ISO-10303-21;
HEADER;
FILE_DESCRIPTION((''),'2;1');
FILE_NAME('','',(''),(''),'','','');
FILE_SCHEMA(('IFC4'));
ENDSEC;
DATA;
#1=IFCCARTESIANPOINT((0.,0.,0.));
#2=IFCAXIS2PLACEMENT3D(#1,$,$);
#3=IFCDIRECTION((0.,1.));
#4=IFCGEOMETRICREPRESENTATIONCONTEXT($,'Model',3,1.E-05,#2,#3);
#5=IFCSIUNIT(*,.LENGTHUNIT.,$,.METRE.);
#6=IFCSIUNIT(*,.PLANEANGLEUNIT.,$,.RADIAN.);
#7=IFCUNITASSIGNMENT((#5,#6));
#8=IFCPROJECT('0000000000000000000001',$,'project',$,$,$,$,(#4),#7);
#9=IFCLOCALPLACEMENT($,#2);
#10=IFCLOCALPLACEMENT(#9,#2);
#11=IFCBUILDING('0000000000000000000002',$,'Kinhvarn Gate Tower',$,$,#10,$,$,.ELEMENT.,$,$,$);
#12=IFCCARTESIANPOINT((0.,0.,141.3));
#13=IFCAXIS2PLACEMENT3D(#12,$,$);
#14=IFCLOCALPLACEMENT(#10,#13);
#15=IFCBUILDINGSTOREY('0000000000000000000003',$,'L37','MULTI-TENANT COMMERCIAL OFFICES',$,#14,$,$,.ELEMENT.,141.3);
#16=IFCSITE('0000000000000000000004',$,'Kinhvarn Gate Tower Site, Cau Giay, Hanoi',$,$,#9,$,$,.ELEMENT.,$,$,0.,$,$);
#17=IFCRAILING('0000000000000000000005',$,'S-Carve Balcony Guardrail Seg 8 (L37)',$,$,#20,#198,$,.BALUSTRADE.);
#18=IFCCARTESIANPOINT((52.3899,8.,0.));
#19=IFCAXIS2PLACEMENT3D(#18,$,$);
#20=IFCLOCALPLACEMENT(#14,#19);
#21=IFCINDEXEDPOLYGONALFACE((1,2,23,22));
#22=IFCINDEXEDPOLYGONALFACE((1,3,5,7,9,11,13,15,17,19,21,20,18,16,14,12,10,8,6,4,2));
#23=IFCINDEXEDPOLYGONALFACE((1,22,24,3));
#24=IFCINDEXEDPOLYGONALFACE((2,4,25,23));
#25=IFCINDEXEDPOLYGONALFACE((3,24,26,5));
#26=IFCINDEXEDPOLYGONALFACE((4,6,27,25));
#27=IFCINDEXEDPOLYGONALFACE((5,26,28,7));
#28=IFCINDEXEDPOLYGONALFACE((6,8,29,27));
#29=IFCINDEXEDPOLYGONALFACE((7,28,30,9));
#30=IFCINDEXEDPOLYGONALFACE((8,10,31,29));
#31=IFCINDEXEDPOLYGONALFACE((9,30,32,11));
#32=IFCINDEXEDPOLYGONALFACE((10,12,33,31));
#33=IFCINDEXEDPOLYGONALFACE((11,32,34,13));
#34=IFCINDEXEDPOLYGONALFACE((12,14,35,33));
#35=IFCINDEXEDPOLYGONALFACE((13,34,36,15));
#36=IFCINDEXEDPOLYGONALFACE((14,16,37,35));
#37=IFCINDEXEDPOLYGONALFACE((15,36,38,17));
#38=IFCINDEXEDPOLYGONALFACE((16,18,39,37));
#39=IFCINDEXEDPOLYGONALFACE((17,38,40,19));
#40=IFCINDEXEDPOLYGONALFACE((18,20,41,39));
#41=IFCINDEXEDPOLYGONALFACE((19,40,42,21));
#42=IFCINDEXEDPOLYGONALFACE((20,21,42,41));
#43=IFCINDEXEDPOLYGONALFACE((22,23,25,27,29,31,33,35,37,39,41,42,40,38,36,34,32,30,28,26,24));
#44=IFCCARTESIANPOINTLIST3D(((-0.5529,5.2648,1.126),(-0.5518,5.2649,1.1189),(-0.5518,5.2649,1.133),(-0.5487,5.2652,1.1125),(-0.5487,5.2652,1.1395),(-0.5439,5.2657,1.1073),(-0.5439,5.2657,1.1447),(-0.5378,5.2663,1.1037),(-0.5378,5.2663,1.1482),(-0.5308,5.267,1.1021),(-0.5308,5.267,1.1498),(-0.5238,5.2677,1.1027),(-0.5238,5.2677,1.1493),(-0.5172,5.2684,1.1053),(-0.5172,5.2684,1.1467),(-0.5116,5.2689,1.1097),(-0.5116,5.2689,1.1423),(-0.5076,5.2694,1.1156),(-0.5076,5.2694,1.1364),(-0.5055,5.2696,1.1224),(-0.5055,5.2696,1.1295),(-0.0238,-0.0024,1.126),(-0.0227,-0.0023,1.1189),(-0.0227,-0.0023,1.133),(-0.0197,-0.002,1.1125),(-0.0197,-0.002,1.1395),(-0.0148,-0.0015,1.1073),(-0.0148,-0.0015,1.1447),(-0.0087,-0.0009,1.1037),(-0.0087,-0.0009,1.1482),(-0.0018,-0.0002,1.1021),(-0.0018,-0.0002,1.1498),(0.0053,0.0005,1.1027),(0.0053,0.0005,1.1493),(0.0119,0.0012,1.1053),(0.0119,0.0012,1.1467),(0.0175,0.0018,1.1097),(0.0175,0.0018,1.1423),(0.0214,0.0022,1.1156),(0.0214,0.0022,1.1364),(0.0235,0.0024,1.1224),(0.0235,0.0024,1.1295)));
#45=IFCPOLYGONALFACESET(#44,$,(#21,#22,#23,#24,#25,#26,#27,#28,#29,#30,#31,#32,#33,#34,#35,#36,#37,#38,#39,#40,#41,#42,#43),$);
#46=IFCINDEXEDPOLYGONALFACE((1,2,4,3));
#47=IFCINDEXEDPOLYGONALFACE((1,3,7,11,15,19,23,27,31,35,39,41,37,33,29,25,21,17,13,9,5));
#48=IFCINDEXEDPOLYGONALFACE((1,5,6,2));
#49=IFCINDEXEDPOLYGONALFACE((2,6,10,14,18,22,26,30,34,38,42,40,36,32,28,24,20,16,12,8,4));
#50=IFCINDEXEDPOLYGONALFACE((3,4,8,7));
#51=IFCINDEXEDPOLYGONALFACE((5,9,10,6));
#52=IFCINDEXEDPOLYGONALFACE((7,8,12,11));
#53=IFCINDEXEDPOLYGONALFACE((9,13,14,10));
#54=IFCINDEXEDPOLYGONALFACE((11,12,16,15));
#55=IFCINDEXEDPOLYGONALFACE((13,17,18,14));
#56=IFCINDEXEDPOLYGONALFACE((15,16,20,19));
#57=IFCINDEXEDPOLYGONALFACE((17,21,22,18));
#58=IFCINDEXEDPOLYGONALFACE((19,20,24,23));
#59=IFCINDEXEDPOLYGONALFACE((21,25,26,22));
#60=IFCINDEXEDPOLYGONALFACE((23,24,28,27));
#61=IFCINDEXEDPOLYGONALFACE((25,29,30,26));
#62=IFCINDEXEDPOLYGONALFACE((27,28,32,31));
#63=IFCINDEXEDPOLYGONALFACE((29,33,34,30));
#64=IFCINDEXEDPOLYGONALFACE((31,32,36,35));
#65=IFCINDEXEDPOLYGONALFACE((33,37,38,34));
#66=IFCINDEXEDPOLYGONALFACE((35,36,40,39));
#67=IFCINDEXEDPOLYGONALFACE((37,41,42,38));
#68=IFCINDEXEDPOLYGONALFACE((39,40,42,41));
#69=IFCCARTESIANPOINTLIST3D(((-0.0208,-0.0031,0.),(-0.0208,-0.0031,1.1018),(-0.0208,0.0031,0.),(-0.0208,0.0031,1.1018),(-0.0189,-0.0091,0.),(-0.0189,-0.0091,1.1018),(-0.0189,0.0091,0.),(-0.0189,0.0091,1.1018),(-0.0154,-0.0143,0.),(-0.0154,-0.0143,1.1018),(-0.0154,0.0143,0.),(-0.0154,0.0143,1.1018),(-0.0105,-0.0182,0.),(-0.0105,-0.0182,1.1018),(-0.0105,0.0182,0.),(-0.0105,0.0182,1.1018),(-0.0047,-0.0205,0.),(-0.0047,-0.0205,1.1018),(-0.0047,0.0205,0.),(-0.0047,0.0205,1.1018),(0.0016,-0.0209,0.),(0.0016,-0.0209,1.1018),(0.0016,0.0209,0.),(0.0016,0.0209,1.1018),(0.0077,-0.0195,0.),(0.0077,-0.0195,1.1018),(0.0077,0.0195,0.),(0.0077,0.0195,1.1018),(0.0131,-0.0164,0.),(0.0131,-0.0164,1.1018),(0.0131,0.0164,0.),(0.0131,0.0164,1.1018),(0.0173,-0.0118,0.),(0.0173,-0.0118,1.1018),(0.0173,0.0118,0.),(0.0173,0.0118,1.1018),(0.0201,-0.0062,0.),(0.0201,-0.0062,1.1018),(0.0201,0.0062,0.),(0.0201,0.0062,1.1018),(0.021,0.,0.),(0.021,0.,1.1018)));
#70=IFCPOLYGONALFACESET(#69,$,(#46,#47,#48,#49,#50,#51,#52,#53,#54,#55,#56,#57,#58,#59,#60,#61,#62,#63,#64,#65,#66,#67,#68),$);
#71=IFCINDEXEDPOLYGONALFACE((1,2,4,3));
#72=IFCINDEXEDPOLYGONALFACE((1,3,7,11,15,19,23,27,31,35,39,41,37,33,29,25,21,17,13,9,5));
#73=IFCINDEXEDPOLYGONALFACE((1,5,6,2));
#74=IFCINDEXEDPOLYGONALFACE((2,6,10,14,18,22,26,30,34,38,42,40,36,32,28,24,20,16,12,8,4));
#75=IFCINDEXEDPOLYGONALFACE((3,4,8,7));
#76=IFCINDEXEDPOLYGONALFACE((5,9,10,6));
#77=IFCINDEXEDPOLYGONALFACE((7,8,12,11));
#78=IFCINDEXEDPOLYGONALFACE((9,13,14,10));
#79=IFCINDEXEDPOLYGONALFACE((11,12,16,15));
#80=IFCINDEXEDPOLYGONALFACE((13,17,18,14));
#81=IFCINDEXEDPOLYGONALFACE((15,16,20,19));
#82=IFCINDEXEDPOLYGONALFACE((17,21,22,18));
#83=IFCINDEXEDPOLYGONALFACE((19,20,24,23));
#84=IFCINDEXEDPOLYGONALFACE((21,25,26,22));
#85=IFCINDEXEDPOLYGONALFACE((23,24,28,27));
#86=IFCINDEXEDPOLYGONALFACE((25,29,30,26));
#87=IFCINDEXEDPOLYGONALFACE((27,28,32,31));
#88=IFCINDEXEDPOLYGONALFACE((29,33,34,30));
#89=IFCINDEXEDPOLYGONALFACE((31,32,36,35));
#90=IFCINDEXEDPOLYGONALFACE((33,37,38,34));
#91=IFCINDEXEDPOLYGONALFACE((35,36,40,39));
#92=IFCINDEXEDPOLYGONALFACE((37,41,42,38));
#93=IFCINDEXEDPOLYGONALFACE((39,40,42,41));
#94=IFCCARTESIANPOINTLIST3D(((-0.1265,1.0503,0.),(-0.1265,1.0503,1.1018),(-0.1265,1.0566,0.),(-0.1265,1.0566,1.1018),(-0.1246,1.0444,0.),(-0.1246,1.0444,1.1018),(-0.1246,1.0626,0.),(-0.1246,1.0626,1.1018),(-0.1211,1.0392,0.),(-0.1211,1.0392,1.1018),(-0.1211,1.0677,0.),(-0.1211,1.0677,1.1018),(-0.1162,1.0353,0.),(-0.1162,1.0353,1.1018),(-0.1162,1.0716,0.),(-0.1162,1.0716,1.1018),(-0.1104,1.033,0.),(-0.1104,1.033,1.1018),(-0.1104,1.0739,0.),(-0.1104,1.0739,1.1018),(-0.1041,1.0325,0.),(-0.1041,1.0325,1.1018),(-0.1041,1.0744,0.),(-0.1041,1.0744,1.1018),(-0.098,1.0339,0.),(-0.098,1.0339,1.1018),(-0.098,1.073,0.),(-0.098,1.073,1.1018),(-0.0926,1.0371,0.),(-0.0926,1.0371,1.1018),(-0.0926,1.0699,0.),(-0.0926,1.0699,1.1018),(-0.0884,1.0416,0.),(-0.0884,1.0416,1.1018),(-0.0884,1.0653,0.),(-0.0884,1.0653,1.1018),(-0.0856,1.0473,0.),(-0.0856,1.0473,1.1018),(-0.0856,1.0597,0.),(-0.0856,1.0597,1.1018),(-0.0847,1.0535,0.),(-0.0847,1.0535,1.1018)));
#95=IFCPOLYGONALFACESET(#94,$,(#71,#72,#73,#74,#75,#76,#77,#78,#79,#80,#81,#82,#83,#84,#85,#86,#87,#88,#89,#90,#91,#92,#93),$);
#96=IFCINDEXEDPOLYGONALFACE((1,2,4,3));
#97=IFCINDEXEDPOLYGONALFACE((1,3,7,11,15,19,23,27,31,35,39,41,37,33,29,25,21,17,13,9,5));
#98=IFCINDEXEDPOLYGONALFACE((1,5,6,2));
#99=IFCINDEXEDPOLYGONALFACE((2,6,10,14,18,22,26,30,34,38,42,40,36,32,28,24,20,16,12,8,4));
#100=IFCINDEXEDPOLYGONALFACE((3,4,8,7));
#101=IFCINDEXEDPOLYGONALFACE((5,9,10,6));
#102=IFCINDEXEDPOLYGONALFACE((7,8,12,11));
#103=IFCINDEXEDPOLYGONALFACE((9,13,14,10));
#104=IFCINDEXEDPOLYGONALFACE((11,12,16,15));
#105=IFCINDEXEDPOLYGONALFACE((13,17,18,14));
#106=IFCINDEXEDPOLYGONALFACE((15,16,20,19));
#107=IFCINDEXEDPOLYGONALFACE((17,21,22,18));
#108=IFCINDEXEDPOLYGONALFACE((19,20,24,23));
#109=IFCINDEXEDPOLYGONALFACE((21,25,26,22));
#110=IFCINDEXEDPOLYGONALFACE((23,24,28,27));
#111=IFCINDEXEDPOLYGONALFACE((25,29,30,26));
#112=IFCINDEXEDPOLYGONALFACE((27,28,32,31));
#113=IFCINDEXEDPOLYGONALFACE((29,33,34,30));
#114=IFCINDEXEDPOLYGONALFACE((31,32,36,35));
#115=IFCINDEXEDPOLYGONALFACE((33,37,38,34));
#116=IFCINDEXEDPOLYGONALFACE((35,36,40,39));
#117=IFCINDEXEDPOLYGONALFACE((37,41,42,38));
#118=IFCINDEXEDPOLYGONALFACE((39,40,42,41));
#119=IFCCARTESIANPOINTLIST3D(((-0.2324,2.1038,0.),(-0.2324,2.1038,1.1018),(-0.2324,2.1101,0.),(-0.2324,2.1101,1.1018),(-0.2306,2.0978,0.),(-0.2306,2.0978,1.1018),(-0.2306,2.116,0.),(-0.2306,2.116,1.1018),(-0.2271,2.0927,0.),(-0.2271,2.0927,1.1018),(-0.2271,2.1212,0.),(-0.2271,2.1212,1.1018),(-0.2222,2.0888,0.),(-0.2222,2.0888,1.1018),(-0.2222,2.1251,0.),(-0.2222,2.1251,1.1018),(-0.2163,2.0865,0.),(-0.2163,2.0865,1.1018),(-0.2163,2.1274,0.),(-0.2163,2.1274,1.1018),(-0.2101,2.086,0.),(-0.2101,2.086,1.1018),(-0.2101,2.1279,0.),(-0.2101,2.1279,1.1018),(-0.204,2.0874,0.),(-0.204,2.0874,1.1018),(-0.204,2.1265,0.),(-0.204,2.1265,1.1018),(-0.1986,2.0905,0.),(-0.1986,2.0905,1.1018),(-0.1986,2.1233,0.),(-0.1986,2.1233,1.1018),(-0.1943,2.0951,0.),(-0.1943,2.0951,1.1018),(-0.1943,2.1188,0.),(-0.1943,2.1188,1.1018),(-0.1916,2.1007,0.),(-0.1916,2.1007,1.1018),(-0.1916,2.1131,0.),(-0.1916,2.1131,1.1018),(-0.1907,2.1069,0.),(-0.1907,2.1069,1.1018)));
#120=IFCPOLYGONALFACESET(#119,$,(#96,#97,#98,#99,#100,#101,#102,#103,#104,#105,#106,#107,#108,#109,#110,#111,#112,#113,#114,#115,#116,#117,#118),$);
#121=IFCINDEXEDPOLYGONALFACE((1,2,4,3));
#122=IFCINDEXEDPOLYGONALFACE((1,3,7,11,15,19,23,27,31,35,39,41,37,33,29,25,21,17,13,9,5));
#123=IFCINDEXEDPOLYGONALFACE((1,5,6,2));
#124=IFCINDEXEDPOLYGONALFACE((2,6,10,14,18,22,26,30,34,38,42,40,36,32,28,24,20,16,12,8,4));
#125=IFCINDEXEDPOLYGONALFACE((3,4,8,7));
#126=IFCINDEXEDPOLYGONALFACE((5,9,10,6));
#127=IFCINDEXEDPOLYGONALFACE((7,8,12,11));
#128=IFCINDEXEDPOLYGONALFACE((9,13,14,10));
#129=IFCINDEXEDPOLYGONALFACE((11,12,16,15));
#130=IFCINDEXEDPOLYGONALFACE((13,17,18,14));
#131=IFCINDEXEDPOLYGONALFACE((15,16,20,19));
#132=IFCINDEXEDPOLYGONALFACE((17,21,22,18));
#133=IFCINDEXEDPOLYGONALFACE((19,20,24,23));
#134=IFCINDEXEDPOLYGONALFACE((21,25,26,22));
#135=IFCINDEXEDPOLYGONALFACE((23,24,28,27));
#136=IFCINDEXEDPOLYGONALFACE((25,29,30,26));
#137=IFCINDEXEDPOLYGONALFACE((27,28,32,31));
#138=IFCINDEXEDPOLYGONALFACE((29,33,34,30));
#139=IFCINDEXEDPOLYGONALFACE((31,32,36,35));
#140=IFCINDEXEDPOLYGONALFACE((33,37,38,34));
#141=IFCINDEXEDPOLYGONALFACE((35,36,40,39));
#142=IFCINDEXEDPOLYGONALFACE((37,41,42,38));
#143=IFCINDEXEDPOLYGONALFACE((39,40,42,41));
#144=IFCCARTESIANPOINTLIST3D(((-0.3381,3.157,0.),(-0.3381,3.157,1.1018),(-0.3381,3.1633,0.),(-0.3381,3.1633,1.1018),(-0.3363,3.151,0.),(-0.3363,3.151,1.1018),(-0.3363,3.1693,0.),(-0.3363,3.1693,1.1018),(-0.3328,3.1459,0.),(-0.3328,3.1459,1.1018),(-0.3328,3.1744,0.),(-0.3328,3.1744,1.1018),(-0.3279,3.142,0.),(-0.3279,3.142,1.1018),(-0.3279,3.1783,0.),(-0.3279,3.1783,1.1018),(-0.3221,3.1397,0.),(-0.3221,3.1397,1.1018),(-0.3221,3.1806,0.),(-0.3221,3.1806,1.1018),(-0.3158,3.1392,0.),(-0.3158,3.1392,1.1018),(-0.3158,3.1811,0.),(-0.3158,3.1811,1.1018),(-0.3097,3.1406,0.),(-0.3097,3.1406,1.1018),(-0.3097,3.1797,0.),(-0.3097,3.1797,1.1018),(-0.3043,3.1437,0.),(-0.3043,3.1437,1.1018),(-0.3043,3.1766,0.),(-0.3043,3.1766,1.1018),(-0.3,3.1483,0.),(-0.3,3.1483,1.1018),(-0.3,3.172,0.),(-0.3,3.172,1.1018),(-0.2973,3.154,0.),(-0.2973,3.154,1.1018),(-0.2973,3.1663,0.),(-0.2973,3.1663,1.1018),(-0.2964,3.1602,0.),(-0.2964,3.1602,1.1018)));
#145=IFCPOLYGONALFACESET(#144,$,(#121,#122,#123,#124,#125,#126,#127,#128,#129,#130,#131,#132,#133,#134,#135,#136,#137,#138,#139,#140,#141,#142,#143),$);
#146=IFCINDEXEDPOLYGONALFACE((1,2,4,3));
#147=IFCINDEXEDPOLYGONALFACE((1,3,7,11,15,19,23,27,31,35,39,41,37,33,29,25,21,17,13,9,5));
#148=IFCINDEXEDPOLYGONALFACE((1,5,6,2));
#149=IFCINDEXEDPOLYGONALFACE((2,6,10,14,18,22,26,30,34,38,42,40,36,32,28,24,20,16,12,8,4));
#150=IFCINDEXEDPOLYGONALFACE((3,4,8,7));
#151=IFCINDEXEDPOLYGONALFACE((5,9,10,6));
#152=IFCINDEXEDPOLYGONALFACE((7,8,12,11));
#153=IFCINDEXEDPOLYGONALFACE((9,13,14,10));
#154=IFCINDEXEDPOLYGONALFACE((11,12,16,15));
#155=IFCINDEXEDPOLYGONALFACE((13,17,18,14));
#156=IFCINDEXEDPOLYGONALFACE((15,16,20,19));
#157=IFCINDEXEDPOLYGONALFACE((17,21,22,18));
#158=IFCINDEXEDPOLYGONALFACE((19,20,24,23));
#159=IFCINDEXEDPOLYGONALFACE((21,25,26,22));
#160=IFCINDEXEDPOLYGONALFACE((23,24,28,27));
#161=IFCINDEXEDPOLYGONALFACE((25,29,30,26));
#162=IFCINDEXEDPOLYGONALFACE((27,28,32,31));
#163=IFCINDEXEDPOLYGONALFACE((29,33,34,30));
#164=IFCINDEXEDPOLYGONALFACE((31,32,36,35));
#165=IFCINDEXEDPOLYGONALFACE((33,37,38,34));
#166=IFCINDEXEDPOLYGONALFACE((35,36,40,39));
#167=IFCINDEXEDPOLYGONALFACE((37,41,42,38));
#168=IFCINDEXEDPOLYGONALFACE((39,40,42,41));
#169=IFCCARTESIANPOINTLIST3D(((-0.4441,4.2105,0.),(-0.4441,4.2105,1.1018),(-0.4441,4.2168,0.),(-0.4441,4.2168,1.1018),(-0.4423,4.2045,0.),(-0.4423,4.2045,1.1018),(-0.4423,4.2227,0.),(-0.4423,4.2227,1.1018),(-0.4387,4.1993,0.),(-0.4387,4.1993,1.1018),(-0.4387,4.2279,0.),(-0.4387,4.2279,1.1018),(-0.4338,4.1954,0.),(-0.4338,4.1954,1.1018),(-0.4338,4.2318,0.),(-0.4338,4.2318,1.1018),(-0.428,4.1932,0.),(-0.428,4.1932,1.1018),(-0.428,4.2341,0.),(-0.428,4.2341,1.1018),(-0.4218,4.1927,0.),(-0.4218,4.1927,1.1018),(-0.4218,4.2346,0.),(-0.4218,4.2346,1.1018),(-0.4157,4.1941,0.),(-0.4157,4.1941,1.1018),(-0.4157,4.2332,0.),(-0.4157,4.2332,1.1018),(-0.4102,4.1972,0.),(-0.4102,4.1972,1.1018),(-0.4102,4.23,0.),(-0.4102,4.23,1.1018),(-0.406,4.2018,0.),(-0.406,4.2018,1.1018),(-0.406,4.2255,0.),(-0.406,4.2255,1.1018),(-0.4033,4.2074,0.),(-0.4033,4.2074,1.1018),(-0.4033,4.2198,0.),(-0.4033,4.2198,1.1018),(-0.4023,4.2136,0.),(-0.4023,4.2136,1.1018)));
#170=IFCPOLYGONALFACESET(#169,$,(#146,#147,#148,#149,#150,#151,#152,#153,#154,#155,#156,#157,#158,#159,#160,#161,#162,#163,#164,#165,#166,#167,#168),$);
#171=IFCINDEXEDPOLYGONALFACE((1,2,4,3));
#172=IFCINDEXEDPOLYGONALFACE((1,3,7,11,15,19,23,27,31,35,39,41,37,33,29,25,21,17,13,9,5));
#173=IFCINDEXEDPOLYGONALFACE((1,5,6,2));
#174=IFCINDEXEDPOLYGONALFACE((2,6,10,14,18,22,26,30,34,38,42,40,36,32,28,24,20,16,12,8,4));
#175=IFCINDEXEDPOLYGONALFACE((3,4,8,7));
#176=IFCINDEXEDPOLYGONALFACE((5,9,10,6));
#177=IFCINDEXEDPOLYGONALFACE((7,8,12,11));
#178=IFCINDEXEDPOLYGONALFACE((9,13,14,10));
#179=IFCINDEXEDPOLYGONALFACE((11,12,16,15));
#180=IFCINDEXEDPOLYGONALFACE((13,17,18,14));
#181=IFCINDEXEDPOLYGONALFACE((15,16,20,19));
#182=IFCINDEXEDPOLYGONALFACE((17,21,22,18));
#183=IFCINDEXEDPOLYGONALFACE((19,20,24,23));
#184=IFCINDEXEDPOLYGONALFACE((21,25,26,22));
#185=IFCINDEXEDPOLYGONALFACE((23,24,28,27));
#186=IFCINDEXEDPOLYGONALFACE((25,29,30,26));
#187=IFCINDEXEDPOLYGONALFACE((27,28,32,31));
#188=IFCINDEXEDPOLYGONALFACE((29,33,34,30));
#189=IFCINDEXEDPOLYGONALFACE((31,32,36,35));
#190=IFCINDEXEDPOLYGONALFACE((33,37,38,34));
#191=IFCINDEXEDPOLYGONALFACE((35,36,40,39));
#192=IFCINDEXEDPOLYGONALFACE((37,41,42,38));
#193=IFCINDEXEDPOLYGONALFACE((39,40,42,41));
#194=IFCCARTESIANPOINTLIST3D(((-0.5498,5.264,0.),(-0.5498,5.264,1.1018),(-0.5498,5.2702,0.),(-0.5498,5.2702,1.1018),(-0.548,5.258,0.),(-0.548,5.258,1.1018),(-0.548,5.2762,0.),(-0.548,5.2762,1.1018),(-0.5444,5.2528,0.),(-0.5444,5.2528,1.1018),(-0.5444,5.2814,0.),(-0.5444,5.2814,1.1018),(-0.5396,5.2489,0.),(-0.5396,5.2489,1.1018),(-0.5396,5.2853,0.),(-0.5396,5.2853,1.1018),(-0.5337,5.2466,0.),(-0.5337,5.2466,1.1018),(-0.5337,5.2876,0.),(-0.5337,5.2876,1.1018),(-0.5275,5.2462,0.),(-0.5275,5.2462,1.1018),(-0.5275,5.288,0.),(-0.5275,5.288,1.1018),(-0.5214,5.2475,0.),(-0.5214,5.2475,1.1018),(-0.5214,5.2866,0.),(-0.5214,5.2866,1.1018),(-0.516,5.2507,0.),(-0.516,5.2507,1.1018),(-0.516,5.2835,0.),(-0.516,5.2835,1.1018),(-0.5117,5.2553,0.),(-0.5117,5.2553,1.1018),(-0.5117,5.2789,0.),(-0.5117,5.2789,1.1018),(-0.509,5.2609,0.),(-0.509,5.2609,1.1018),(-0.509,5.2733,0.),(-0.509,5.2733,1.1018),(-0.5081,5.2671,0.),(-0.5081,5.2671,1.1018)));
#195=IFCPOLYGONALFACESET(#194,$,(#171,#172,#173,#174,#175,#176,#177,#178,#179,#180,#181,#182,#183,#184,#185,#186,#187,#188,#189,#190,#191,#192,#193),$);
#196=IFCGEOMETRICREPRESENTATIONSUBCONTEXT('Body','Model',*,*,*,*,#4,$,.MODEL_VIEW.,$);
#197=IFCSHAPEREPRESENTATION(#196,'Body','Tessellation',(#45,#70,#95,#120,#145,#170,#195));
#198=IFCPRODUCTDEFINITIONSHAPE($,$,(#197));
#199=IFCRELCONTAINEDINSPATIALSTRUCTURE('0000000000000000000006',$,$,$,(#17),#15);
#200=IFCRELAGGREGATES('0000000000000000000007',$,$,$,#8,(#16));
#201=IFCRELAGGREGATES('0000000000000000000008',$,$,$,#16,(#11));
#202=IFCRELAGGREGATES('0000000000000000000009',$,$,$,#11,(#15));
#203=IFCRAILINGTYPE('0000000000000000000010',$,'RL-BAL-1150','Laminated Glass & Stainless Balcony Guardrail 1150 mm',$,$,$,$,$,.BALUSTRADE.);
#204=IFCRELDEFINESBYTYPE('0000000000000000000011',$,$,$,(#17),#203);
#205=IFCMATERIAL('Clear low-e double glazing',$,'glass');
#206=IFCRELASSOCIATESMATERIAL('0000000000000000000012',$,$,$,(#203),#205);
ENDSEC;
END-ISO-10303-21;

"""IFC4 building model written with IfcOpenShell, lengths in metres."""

from ifc_helpers import new_model, si_unit, direction, frame, origin, origin_2d, place, context, subcontext, project, spatial, circle, extrude, material, type_object, element, save


model = new_model("IFC4")

# Units and contexts
model_context = context("Model", 3, precision=1e-05, world=origin(), true_north=direction((0.0, 1.0)))
body_context = subcontext(model_context, "Body", "Model", "MODEL_VIEW")
ifc_project = project(units=[si_unit("LENGTHUNIT", "METRE"), si_unit("PLANEANGLEUNIT", "RADIAN")], contexts=[model_context])

# Site, building, storey
site_placement = place(None, origin())
site = spatial("IfcSite", under=ifc_project, at=site_placement, Name="Kinhvarn Gate Tower Site, Cau Giay, Hanoi", CompositionType="ELEMENT", RefElevation=0.0)
building_placement = place(site_placement, origin())
building = spatial("IfcBuilding", under=site, at=building_placement, Name="Kinhvarn Gate Tower", CompositionType="ELEMENT")
storey_placement = place(building_placement, frame((0.0, 0.0, 141.3)))
storey = spatial("IfcBuildingStorey", under=building, at=storey_placement, Name="L37", Description="MULTI-TENANT COMMERCIAL OFFICES", CompositionType="ELEMENT", Elevation=141.3)

# Shared definitions
ifc_material_1 = material(Name="Clear low-e double glazing", Category="glass")

# Railing
railing_type = type_object("IfcRailingType", Name="RL-BAL-1150", Description="Laminated Glass & Stainless Balcony Guardrail 1150 mm", PredefinedType="BALUSTRADE", material=ifc_material_1)
railing_1_placement = place(storey_placement, frame((52.3899, 8.0, 0.0)))
element("IfcRailing", 1, at=railing_1_placement, inside=storey, type_object=railing_type, Name="S-Carve Balcony Guardrail Seg 8 (L37)", PredefinedType="BALUSTRADE", context=body_context, shape_type="SweptSolid", body=[
    extrude(circle(Radius=0.0239, at=origin_2d()), frame((0.0, 0.0, 1.126), z_axis=(-0.099942, 0.994993, 0.0), x_axis=(-0.994993, -0.099942, 0.0)), (0.0, 0.0, 1.0), 5.2937),
    extrude(circle(Radius=0.021, at=origin_2d()), origin(), (0.0, 0.0, 1.0), 1.1018),
    extrude(circle(Radius=0.021, at=origin_2d()), frame((-0.1057, 1.0535, 0.0)), (0.0, 0.0, 1.0), 1.1018),
    extrude(circle(Radius=0.021, at=origin_2d()), frame((-0.2117, 2.1069, 0.0)), (0.0, 0.0, 1.0), 1.1018),
    extrude(circle(Radius=0.021, at=origin_2d()), frame((-0.3174, 3.1602, 0.0)), (0.0, 0.0, 1.0), 1.1018),
    extrude(circle(Radius=0.021, at=origin_2d()), frame((-0.4233, 4.2136, 0.0)), (0.0, 0.0, 1.0), 1.1018),
    extrude(circle(Radius=0.021, at=origin_2d()), frame((-0.5291, 5.2671, 0.0)), (0.0, 0.0, 1.0), 1.1018),
])

save(model, "model.ifc")
